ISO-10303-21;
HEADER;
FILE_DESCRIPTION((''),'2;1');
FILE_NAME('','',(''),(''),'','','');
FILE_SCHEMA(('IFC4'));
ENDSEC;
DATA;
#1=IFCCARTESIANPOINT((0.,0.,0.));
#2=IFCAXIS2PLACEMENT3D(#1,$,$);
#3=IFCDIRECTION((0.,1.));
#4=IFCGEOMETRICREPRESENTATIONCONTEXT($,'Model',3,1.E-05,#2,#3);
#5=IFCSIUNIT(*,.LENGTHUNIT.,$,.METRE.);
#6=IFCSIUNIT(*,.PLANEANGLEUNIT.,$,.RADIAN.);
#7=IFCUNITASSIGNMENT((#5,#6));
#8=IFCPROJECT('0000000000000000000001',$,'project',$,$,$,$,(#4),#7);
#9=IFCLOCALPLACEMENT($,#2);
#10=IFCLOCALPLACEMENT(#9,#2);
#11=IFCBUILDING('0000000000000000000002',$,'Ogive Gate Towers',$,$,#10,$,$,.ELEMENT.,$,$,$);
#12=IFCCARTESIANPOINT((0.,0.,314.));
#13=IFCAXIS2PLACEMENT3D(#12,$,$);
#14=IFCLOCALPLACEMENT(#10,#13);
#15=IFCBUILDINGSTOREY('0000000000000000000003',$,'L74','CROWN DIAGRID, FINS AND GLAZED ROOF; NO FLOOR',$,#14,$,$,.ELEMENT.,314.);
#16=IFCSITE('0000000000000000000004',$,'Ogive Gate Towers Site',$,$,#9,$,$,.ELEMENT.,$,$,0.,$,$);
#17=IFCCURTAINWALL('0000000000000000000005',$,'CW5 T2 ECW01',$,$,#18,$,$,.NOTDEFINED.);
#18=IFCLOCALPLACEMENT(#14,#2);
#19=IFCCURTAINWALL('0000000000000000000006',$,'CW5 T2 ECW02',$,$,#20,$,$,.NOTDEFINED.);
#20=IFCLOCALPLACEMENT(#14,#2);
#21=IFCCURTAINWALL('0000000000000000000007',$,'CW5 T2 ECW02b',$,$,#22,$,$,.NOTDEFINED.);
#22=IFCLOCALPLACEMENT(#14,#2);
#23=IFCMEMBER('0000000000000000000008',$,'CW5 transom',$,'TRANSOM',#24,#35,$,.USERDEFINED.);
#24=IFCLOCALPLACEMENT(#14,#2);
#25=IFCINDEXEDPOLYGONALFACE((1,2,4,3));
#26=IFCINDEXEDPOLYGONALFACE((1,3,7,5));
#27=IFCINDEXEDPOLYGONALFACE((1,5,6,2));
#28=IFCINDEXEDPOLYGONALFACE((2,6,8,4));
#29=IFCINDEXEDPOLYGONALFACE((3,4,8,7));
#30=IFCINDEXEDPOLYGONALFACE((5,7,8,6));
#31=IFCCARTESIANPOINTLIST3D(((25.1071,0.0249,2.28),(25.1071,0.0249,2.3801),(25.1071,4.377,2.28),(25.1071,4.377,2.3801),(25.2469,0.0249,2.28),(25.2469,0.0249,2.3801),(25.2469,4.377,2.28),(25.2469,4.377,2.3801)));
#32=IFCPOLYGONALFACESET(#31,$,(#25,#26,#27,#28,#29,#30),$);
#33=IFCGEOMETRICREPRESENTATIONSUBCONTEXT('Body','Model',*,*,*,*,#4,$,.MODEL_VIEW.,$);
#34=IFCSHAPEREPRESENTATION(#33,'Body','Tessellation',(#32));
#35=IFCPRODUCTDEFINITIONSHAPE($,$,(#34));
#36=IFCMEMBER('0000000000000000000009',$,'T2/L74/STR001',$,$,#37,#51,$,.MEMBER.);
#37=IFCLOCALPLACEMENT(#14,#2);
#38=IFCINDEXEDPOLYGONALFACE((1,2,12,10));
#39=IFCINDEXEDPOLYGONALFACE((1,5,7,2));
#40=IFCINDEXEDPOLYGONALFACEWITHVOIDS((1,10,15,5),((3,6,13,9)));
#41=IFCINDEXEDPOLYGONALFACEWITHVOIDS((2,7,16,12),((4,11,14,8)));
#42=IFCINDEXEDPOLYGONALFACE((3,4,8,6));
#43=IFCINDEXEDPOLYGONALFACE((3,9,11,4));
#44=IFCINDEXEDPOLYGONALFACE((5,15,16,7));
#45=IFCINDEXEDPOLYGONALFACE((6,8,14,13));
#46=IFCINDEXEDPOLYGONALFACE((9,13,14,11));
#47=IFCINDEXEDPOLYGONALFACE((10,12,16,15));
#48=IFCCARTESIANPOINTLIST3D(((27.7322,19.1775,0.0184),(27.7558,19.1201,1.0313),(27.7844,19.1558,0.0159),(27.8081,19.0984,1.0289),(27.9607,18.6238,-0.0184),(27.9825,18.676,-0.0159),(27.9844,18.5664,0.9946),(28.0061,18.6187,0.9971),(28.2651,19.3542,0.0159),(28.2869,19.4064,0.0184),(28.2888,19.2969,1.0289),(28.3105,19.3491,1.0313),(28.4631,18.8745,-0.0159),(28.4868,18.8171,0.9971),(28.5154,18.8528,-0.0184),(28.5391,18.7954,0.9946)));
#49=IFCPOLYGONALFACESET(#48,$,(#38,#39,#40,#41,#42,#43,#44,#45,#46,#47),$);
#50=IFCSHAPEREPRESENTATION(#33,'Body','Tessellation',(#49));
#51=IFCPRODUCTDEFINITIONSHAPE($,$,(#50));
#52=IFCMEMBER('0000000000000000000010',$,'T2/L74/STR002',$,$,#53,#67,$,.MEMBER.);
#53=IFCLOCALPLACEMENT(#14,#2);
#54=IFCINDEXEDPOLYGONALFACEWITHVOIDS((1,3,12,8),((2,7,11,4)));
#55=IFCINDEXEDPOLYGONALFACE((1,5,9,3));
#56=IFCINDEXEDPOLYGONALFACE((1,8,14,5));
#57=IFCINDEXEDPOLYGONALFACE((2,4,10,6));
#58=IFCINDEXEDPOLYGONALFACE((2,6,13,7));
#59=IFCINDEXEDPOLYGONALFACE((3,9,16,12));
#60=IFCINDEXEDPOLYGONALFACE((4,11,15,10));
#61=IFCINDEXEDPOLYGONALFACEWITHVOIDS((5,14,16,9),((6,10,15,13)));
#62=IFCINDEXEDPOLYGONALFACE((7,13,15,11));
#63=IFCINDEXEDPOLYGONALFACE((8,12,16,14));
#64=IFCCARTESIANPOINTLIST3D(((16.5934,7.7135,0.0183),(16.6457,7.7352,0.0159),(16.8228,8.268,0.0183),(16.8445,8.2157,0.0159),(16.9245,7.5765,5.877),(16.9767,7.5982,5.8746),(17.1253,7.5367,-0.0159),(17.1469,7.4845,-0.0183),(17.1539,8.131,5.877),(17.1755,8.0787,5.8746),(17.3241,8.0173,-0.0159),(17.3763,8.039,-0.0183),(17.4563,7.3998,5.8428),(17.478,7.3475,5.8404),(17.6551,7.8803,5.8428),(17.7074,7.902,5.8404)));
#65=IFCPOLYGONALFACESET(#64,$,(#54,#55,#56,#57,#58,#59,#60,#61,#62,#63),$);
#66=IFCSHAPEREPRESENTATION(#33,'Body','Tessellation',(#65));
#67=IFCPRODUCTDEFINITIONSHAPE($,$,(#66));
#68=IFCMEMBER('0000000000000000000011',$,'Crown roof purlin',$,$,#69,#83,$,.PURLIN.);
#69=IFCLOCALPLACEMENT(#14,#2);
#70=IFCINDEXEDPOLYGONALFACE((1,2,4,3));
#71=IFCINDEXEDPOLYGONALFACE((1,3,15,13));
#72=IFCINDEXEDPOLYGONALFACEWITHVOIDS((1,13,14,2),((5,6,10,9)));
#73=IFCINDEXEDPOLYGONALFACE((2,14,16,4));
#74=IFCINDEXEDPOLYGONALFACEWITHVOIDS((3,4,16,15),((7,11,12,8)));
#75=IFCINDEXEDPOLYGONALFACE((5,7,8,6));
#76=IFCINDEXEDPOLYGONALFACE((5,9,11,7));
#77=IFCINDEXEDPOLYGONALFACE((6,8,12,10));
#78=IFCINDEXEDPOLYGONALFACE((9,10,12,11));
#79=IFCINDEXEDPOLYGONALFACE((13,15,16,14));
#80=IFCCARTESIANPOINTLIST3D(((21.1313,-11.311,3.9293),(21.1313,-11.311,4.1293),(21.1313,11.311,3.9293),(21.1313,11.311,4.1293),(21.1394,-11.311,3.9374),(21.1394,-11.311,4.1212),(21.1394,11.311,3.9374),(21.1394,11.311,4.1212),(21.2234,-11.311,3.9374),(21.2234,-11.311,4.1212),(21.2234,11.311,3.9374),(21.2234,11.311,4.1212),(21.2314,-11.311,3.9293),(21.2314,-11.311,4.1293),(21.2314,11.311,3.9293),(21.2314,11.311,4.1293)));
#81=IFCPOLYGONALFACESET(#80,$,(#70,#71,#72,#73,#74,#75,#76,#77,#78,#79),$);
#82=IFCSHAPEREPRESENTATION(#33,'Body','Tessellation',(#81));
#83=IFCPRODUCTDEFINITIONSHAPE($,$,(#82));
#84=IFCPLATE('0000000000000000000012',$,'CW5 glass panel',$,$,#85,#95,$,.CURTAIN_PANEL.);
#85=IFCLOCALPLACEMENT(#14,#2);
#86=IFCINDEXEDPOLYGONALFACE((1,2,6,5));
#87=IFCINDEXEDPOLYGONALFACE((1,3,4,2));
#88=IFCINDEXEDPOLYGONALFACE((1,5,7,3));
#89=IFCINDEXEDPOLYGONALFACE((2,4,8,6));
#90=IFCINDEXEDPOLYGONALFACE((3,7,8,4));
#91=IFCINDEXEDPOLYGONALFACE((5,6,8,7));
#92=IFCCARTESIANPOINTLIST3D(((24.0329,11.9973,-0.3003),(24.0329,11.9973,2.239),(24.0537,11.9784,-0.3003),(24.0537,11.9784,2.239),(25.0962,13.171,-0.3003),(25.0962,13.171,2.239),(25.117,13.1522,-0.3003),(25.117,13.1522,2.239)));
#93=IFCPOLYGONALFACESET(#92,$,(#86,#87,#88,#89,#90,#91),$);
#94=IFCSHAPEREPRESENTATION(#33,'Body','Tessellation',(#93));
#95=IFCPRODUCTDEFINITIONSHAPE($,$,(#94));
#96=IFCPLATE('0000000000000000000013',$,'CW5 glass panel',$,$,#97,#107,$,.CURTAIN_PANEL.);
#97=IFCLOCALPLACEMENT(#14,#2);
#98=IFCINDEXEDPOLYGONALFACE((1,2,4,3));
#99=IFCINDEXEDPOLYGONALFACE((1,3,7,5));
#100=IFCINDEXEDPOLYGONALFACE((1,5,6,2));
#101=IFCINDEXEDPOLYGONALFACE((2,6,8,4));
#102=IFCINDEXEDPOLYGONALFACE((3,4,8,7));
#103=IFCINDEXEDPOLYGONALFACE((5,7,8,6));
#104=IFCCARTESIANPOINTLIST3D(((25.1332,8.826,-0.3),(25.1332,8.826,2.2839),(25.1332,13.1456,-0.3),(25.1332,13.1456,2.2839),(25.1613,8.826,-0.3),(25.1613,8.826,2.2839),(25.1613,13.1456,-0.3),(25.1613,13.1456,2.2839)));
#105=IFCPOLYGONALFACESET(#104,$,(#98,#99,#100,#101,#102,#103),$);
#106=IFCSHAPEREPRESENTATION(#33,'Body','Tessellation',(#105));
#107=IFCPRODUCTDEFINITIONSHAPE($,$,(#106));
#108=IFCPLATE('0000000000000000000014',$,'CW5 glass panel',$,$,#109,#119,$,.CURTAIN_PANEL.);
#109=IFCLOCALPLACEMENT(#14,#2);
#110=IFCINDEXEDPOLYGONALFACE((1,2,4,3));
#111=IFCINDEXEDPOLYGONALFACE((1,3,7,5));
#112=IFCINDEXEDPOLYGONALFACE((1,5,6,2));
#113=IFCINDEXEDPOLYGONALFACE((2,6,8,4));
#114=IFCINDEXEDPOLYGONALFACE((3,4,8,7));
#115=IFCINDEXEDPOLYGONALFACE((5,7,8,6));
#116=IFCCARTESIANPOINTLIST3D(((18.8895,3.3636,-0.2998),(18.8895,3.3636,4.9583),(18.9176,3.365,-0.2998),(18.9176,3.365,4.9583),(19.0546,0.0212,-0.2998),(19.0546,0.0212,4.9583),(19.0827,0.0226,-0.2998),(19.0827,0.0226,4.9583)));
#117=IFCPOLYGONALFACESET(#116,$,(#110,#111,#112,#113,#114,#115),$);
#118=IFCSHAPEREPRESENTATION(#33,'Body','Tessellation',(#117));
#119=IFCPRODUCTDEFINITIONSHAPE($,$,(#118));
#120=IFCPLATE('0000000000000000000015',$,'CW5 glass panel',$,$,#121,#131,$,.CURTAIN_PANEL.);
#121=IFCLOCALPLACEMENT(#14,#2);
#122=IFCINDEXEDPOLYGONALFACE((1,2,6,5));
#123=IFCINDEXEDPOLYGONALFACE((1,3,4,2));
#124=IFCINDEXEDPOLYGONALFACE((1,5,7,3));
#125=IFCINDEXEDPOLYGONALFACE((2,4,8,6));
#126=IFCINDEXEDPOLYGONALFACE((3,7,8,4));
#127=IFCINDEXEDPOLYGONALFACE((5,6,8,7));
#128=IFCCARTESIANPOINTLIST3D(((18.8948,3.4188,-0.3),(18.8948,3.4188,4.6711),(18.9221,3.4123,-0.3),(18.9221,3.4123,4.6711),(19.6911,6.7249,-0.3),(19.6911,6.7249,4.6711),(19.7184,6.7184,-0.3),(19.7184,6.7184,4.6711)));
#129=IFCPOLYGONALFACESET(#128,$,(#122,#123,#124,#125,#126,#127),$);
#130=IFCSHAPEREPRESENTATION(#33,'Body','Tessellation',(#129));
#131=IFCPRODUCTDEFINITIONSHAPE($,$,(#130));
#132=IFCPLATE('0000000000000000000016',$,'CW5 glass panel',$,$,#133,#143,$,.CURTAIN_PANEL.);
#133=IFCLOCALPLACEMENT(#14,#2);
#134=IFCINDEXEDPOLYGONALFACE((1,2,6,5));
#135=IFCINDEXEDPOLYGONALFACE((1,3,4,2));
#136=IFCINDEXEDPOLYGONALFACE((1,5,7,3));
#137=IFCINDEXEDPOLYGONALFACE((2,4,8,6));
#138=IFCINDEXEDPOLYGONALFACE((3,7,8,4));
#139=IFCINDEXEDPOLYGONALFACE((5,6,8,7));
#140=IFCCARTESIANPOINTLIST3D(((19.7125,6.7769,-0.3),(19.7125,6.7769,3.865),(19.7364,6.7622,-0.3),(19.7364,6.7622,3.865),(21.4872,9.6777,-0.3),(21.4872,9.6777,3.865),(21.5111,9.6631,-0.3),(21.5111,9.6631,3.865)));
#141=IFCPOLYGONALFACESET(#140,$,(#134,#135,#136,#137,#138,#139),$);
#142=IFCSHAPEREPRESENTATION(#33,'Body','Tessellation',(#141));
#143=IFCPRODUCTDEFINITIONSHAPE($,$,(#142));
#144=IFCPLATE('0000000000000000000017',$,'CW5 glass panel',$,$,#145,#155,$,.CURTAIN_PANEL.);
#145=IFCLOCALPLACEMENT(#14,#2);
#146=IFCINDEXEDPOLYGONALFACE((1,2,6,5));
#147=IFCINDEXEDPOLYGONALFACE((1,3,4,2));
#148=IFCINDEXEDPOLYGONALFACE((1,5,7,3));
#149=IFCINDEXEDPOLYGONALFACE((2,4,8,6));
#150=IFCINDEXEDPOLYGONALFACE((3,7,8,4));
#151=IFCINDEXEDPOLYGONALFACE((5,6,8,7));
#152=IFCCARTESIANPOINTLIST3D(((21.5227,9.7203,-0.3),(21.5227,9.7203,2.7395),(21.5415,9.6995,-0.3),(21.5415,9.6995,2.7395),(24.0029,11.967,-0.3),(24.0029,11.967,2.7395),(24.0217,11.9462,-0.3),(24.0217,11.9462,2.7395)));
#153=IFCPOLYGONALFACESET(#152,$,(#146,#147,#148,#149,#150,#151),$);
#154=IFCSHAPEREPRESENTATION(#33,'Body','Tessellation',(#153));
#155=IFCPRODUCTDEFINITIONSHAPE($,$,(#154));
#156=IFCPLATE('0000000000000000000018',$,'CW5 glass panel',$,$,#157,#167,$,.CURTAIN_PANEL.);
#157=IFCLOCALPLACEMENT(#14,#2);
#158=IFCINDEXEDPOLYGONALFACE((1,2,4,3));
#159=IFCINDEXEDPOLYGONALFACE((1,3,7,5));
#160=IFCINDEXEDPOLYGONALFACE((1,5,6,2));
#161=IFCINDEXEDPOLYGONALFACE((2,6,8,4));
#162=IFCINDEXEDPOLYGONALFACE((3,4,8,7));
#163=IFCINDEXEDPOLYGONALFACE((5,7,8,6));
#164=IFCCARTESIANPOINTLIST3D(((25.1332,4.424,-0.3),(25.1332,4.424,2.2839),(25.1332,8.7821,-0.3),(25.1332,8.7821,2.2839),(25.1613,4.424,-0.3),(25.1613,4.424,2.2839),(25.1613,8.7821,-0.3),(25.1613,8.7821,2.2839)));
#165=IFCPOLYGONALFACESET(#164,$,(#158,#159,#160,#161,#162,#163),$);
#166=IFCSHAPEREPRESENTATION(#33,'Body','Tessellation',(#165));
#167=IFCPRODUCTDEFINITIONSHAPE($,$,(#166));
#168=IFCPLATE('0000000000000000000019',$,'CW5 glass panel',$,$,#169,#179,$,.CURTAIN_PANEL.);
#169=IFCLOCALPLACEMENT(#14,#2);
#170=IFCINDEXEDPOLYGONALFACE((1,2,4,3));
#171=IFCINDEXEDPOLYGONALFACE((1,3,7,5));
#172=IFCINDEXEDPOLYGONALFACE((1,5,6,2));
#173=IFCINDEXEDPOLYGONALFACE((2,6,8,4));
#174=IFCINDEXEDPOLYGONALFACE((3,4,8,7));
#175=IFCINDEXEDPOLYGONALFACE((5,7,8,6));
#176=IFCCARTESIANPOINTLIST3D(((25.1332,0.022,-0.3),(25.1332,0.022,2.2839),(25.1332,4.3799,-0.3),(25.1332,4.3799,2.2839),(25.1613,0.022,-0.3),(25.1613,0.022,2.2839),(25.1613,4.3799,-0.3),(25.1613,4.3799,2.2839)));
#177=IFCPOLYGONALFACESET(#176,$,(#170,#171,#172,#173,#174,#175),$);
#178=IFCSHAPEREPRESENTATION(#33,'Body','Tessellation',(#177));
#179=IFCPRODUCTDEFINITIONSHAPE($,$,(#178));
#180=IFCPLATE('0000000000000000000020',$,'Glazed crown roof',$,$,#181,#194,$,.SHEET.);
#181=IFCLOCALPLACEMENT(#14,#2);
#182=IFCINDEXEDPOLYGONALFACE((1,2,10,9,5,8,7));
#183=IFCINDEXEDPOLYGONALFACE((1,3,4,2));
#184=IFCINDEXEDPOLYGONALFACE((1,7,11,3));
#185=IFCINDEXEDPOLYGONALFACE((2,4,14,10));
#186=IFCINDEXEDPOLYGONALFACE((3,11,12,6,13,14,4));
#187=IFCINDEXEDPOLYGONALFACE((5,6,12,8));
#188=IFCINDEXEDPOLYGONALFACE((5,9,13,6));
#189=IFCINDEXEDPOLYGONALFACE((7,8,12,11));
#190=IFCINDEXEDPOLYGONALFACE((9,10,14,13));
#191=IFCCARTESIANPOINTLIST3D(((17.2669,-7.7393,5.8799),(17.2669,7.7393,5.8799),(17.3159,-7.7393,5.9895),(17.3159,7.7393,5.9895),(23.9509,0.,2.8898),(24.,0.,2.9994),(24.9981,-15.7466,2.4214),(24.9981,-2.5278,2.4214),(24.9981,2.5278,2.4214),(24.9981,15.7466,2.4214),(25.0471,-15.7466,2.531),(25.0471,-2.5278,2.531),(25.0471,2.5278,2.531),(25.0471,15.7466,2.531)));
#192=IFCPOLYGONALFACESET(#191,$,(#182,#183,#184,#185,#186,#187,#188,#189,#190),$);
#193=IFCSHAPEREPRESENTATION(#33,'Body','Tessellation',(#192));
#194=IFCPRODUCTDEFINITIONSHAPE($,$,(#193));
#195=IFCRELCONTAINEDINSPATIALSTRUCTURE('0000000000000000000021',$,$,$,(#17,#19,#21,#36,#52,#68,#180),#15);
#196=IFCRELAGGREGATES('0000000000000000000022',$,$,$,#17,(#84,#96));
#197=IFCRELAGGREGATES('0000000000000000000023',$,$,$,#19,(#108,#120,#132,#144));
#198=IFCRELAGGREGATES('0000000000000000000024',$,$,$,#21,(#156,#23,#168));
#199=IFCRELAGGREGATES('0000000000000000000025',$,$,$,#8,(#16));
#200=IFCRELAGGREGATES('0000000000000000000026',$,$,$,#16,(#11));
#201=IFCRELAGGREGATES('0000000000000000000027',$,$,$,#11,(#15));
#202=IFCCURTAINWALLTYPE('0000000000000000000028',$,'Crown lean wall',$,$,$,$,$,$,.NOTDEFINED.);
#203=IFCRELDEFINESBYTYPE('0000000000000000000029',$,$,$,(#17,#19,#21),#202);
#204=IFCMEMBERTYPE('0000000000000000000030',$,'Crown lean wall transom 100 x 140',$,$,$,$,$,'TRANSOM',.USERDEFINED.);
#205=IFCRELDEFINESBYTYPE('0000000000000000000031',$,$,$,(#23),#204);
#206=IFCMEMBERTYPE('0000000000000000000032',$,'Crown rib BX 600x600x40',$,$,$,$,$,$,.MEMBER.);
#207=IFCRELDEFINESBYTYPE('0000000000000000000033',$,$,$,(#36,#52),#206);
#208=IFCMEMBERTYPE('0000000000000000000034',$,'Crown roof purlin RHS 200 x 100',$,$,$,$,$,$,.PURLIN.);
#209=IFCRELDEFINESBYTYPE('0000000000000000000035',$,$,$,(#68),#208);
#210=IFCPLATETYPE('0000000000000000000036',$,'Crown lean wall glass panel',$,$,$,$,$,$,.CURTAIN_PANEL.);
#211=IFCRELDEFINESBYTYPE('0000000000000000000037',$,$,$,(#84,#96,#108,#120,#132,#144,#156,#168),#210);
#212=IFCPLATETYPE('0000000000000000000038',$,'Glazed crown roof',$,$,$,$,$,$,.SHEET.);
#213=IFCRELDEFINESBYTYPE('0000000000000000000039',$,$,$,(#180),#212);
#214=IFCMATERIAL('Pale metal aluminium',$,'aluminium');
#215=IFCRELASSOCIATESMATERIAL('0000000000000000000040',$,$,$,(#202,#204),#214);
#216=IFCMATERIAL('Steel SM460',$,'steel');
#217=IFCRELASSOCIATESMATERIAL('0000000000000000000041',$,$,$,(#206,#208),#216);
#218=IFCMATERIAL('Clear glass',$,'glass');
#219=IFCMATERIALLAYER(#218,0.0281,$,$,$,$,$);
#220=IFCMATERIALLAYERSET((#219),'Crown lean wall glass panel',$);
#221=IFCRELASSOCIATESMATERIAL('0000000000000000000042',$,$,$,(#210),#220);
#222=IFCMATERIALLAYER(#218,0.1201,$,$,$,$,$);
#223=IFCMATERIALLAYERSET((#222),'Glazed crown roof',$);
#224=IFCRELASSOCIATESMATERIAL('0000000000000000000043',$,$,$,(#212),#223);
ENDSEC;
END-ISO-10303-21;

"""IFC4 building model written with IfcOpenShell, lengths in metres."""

from ifc_helpers import new_model, si_unit, direction, frame, origin, origin_2d, place, context, subcontext, project, spatial, polyline, rectangle, hollow_rectangle, outline, extrude, material, layer, layer_set, material_profile, profile_set, type_object, element, aggregate, save


model = new_model("IFC4")

# Units and contexts
model_context = context("Model", 3, precision=1e-05, world=origin(), true_north=direction((0.0, 1.0)))
body_context = subcontext(model_context, "Body", "Model", "MODEL_VIEW")
ifc_project = project(units=[si_unit("LENGTHUNIT", "METRE"), si_unit("PLANEANGLEUNIT", "RADIAN")], contexts=[model_context])

# Site, building, storey
site_placement = place(None, origin())
site = spatial("IfcSite", under=ifc_project, at=site_placement, Name="Ogive Gate Towers Site", CompositionType="ELEMENT", RefElevation=0.0)
building_placement = place(site_placement, origin())
building = spatial("IfcBuilding", under=site, at=building_placement, Name="Ogive Gate Towers", CompositionType="ELEMENT")
storey_placement = place(building_placement, frame((0.0, 0.0, 314.0)))
storey = spatial("IfcBuildingStorey", under=building, at=storey_placement, Name="L74", Description="CROWN DIAGRID, FINS AND GLAZED ROOF; NO FLOOR", CompositionType="ELEMENT", Elevation=314.0)

# Curtain walls
ifc_material_1 = material(Name="Pale metal aluminium", Category="aluminium")
curtain_wall_type = type_object("IfcCurtainWallType", Name="Crown lean wall", PredefinedType="NOTDEFINED", material=ifc_material_1)
curtain_wall_1_placement = place(storey_placement, origin())
curtain_wall_1 = element("IfcCurtainWall", 1, at=curtain_wall_1_placement, inside=storey, type_object=curtain_wall_type, Name="CW5 T2 ECW01", PredefinedType="NOTDEFINED")
curtain_wall_2_placement = place(storey_placement, origin())
curtain_wall_2 = element("IfcCurtainWall", 2, at=curtain_wall_2_placement, inside=storey, type_object=curtain_wall_type, Name="CW5 T2 ECW02", PredefinedType="NOTDEFINED")
curtain_wall_3_placement = place(storey_placement, origin())
curtain_wall_3 = element("IfcCurtainWall", 3, at=curtain_wall_3_placement, inside=storey, type_object=curtain_wall_type, Name="CW5 T2 ECW02b", PredefinedType="NOTDEFINED")

# Member
ifc_material_profile_1 = material_profile(ifc_material_1, rectangle(XDim=0.1399, YDim=0.1001, at=origin_2d()), Name="100 x 140 aluminium box")
ifc_profile_set_1 = profile_set([ifc_material_profile_1], Name="Pale metal aluminium")
member_type_1 = type_object("IfcMemberType", Name="Crown lean wall transom 100 x 140", ElementType="TRANSOM", PredefinedType="USERDEFINED", material=ifc_profile_set_1)
member_1_placement = place(storey_placement, frame((25.177, 4.377, 2.3301), z_axis=(0.0, -1.0, 0.0), x_axis=(1.0, 0.0, 0.0)))
member_1 = element("IfcMember", 4, at=member_1_placement, type_object=member_type_1, Name="CW5 transom", ObjectType="TRANSOM", PredefinedType="USERDEFINED", context=body_context, shape_type="SweptSolid", body=[
    extrude(rectangle(XDim=0.1399, YDim=0.1001, at=origin_2d()), origin(), (0.0, 0.0, 1.0), 4.3521),
])

# Members
ifc_material_2 = material(Name="Steel SM460", Category="steel")
ifc_material_profile_2 = material_profile(ifc_material_2, hollow_rectangle(XDim=0.6001, YDim=0.6001, WallThickness=0.04, at=origin_2d()), Name="BX 600x600x40")
ifc_profile_set_2 = profile_set([ifc_material_profile_2], Name="Steel SM460")
member_type_2 = type_object("IfcMemberType", Name="Crown rib BX 600x600x40", PredefinedType="MEMBER", material=ifc_profile_set_2)
member_2_placement = place(storey_placement, frame((28.1238, 19.0151, 0.0), z_axis=(0.023335, -0.056534, 0.998128), x_axis=(0.924352, 0.381541, 0.0)))
element("IfcMember", 5, at=member_2_placement, inside=storey, type_object=member_type_2, Name="T2/L74/STR001", PredefinedType="MEMBER", context=body_context, shape_type="SweptSolid", body=[
    extrude(hollow_rectangle(XDim=0.6001, YDim=0.6001, WallThickness=0.04, at=origin_2d()), origin(), (0.0, 0.0, 1.0), 1.0149),
])
member_3_placement = place(storey_placement, frame((16.9849, 7.8762, 0.0), z_axis=(0.056402, -0.023334, 0.998135), x_axis=(0.382292, 0.924042, 0.0)))
element("IfcMember", 6, at=member_3_placement, inside=storey, type_object=member_type_2, Name="T2/L74/STR002", PredefinedType="MEMBER", context=body_context, shape_type="SweptSolid", body=[
    extrude(hollow_rectangle(XDim=0.6001, YDim=0.6001, WallThickness=0.04, at=origin_2d()), origin(), (0.0, 0.0, 1.0), 5.8696),
])
ifc_material_profile_3 = material_profile(ifc_material_2, hollow_rectangle(XDim=0.1001, YDim=0.2, WallThickness=0.0081, at=origin_2d()), Name="RHS 200x100x8")
ifc_profile_set_3 = profile_set([ifc_material_profile_3], Name="Steel SM460")
member_type_3 = type_object("IfcMemberType", Name="Crown roof purlin RHS 200 x 100", PredefinedType="PURLIN", material=ifc_profile_set_3)
member_4_placement = place(storey_placement, frame((21.1814, 11.311, 4.0293), z_axis=(0.0, -1.0, 0.0), x_axis=(1.0, 0.0, 0.0)))
element("IfcMember", 7, at=member_4_placement, inside=storey, type_object=member_type_3, Name="Crown roof purlin", PredefinedType="PURLIN", context=body_context, shape_type="SweptSolid", body=[
    extrude(hollow_rectangle(XDim=0.1001, YDim=0.2, WallThickness=0.0081, at=origin_2d()), origin(), (0.0, 0.0, 1.0), 22.6221),
])

# Plates
ifc_material_3 = material(Name="Clear glass", Category="glass")
ifc_layer_1 = layer(ifc_material_3, 0.0281)
ifc_layer_set_1 = layer_set([ifc_layer_1], Name="Crown lean wall glass panel")
plate_type_1 = type_object("IfcPlateType", Name="Crown lean wall glass panel", PredefinedType="CURTAIN_PANEL", material=ifc_layer_set_1)
plate_1_placement = place(storey_placement, frame((24.575, 12.5747, -0.3003), z_axis=(0.0, 0.0, 1.0), x_axis=(0.671371, 0.741121, 0.0)))
plate_1 = element("IfcPlate", 8, at=plate_1_placement, type_object=plate_type_1, Name="CW5 glass panel", PredefinedType="CURTAIN_PANEL", context=body_context, shape_type="SweptSolid", body=[
    extrude(rectangle(XDim=1.5837, YDim=0.0281, at=origin_2d()), origin(), (0.0, 0.0, 1.0), 2.5393),
])
plate_2_placement = place(storey_placement, frame((25.1472, 10.9858, -0.3), z_axis=(0.0, 0.0, 1.0), x_axis=(0.0, -1.0, 0.0)))
plate_2 = element("IfcPlate", 9, at=plate_2_placement, type_object=plate_type_1, Name="CW5 glass panel", PredefinedType="CURTAIN_PANEL", context=body_context, shape_type="SweptSolid", body=[
    extrude(rectangle(XDim=4.3196, YDim=0.0281, at=origin_2d()), origin(), (0.0, 0.0, 1.0), 2.584),
])
aggregate(curtain_wall_1, [plate_1, plate_2])
plate_3_placement = place(storey_placement, frame((18.9861, 1.6931, -0.2998), z_axis=(0.0, 0.0, 1.0), x_axis=(-0.049338, 0.998782, 0.0)))
plate_3 = element("IfcPlate", 10, at=plate_3_placement, type_object=plate_type_1, Name="CW5 glass panel", PredefinedType="CURTAIN_PANEL", context=body_context, shape_type="SweptSolid", body=[
    extrude(rectangle(XDim=3.3464, YDim=0.0281, at=origin_2d()), origin(), (0.0, 0.0, 1.0), 5.2581),
])
plate_4_placement = place(storey_placement, frame((19.3066, 5.0686, -0.3), z_axis=(0.0, 0.0, 1.0), x_axis=(0.234158, 0.972199, 0.0)))
plate_4 = element("IfcPlate", 11, at=plate_4_placement, type_object=plate_type_1, Name="CW5 glass panel", PredefinedType="CURTAIN_PANEL", context=body_context, shape_type="SweptSolid", body=[
    extrude(rectangle(XDim=3.4006, YDim=0.0281, at=origin_2d()), origin(), (0.0, 0.0, 1.0), 4.9712),
])
plate_5_placement = place(storey_placement, frame((20.6118, 8.22, -0.3), z_axis=(0.0, 0.0, 1.0), x_axis=(0.521873, 0.853023, 0.0)))
plate_5 = element("IfcPlate", 12, at=plate_5_placement, type_object=plate_type_1, Name="CW5 glass panel", PredefinedType="CURTAIN_PANEL", context=body_context, shape_type="SweptSolid", body=[
    extrude(rectangle(XDim=3.4006, YDim=0.0281, at=origin_2d()), origin(), (0.0, 0.0, 1.0), 4.165),
])
plate_6_placement = place(storey_placement, frame((22.7722, 10.8333, -0.3), z_axis=(0.0, 0.0, 1.0), x_axis=(0.741144, 0.671346, 0.0)))
plate_6 = element("IfcPlate", 13, at=plate_6_placement, type_object=plate_type_1, Name="CW5 glass panel", PredefinedType="CURTAIN_PANEL", context=body_context, shape_type="SweptSolid", body=[
    extrude(rectangle(XDim=3.3464, YDim=0.0281, at=origin_2d()), origin(), (0.0, 0.0, 1.0), 3.0396),
])
aggregate(curtain_wall_2, [plate_3, plate_4, plate_5, plate_6])
plate_7_placement = place(storey_placement, frame((25.1472, 6.603, -0.3), z_axis=(0.0, 0.0, 1.0), x_axis=(0.0, -1.0, 0.0)))
plate_7 = element("IfcPlate", 14, at=plate_7_placement, type_object=plate_type_1, Name="CW5 glass panel", PredefinedType="CURTAIN_PANEL", context=body_context, shape_type="SweptSolid", body=[
    extrude(rectangle(XDim=4.3582, YDim=0.0281, at=origin_2d()), origin(), (0.0, 0.0, 1.0), 2.584),
])
plate_8_placement = place(storey_placement, frame((25.1472, 2.2009, -0.3), z_axis=(0.0, 0.0, 1.0), x_axis=(0.0, -1.0, 0.0)))
plate_8 = element("IfcPlate", 15, at=plate_8_placement, type_object=plate_type_1, Name="CW5 glass panel", PredefinedType="CURTAIN_PANEL", context=body_context, shape_type="SweptSolid", body=[
    extrude(rectangle(XDim=4.3579, YDim=0.0281, at=origin_2d()), origin(), (0.0, 0.0, 1.0), 2.584),
])
aggregate(curtain_wall_3, [plate_7, member_1, plate_8])
ifc_layer_2 = layer(ifc_material_3, 0.1201)
ifc_layer_set_2 = layer_set([ifc_layer_2], Name="Glazed crown roof")
plate_type_2 = type_object("IfcPlateType", Name="Glazed crown roof", PredefinedType="SHEET", material=ifc_layer_set_2)
plate_9_placement = place(storey_placement, frame((17.3159, 7.7393, 5.9895), z_axis=(0.408346, 0.0, 0.912827), x_axis=(0.663311, 0.687002, -0.296727)))
element("IfcPlate", 16, at=plate_9_placement, inside=storey, type_object=plate_type_2, Name="Glazed crown roof", PredefinedType="SHEET", context=body_context, shape_type="SweptSolid", body=[
    extrude(outline(polyline([(0.0, 0.0), (11.6555, 0.0), (2.5742, -9.6055), (0.004, -10.6543), (-0.8991, -13.2792), (-9.9804, -22.8847), (-10.6338, -11.2476), (0.0, 0.0)])), origin(), (0.0, 0.0, -1.0), 0.1201),
])

save(model, "model.ifc")
